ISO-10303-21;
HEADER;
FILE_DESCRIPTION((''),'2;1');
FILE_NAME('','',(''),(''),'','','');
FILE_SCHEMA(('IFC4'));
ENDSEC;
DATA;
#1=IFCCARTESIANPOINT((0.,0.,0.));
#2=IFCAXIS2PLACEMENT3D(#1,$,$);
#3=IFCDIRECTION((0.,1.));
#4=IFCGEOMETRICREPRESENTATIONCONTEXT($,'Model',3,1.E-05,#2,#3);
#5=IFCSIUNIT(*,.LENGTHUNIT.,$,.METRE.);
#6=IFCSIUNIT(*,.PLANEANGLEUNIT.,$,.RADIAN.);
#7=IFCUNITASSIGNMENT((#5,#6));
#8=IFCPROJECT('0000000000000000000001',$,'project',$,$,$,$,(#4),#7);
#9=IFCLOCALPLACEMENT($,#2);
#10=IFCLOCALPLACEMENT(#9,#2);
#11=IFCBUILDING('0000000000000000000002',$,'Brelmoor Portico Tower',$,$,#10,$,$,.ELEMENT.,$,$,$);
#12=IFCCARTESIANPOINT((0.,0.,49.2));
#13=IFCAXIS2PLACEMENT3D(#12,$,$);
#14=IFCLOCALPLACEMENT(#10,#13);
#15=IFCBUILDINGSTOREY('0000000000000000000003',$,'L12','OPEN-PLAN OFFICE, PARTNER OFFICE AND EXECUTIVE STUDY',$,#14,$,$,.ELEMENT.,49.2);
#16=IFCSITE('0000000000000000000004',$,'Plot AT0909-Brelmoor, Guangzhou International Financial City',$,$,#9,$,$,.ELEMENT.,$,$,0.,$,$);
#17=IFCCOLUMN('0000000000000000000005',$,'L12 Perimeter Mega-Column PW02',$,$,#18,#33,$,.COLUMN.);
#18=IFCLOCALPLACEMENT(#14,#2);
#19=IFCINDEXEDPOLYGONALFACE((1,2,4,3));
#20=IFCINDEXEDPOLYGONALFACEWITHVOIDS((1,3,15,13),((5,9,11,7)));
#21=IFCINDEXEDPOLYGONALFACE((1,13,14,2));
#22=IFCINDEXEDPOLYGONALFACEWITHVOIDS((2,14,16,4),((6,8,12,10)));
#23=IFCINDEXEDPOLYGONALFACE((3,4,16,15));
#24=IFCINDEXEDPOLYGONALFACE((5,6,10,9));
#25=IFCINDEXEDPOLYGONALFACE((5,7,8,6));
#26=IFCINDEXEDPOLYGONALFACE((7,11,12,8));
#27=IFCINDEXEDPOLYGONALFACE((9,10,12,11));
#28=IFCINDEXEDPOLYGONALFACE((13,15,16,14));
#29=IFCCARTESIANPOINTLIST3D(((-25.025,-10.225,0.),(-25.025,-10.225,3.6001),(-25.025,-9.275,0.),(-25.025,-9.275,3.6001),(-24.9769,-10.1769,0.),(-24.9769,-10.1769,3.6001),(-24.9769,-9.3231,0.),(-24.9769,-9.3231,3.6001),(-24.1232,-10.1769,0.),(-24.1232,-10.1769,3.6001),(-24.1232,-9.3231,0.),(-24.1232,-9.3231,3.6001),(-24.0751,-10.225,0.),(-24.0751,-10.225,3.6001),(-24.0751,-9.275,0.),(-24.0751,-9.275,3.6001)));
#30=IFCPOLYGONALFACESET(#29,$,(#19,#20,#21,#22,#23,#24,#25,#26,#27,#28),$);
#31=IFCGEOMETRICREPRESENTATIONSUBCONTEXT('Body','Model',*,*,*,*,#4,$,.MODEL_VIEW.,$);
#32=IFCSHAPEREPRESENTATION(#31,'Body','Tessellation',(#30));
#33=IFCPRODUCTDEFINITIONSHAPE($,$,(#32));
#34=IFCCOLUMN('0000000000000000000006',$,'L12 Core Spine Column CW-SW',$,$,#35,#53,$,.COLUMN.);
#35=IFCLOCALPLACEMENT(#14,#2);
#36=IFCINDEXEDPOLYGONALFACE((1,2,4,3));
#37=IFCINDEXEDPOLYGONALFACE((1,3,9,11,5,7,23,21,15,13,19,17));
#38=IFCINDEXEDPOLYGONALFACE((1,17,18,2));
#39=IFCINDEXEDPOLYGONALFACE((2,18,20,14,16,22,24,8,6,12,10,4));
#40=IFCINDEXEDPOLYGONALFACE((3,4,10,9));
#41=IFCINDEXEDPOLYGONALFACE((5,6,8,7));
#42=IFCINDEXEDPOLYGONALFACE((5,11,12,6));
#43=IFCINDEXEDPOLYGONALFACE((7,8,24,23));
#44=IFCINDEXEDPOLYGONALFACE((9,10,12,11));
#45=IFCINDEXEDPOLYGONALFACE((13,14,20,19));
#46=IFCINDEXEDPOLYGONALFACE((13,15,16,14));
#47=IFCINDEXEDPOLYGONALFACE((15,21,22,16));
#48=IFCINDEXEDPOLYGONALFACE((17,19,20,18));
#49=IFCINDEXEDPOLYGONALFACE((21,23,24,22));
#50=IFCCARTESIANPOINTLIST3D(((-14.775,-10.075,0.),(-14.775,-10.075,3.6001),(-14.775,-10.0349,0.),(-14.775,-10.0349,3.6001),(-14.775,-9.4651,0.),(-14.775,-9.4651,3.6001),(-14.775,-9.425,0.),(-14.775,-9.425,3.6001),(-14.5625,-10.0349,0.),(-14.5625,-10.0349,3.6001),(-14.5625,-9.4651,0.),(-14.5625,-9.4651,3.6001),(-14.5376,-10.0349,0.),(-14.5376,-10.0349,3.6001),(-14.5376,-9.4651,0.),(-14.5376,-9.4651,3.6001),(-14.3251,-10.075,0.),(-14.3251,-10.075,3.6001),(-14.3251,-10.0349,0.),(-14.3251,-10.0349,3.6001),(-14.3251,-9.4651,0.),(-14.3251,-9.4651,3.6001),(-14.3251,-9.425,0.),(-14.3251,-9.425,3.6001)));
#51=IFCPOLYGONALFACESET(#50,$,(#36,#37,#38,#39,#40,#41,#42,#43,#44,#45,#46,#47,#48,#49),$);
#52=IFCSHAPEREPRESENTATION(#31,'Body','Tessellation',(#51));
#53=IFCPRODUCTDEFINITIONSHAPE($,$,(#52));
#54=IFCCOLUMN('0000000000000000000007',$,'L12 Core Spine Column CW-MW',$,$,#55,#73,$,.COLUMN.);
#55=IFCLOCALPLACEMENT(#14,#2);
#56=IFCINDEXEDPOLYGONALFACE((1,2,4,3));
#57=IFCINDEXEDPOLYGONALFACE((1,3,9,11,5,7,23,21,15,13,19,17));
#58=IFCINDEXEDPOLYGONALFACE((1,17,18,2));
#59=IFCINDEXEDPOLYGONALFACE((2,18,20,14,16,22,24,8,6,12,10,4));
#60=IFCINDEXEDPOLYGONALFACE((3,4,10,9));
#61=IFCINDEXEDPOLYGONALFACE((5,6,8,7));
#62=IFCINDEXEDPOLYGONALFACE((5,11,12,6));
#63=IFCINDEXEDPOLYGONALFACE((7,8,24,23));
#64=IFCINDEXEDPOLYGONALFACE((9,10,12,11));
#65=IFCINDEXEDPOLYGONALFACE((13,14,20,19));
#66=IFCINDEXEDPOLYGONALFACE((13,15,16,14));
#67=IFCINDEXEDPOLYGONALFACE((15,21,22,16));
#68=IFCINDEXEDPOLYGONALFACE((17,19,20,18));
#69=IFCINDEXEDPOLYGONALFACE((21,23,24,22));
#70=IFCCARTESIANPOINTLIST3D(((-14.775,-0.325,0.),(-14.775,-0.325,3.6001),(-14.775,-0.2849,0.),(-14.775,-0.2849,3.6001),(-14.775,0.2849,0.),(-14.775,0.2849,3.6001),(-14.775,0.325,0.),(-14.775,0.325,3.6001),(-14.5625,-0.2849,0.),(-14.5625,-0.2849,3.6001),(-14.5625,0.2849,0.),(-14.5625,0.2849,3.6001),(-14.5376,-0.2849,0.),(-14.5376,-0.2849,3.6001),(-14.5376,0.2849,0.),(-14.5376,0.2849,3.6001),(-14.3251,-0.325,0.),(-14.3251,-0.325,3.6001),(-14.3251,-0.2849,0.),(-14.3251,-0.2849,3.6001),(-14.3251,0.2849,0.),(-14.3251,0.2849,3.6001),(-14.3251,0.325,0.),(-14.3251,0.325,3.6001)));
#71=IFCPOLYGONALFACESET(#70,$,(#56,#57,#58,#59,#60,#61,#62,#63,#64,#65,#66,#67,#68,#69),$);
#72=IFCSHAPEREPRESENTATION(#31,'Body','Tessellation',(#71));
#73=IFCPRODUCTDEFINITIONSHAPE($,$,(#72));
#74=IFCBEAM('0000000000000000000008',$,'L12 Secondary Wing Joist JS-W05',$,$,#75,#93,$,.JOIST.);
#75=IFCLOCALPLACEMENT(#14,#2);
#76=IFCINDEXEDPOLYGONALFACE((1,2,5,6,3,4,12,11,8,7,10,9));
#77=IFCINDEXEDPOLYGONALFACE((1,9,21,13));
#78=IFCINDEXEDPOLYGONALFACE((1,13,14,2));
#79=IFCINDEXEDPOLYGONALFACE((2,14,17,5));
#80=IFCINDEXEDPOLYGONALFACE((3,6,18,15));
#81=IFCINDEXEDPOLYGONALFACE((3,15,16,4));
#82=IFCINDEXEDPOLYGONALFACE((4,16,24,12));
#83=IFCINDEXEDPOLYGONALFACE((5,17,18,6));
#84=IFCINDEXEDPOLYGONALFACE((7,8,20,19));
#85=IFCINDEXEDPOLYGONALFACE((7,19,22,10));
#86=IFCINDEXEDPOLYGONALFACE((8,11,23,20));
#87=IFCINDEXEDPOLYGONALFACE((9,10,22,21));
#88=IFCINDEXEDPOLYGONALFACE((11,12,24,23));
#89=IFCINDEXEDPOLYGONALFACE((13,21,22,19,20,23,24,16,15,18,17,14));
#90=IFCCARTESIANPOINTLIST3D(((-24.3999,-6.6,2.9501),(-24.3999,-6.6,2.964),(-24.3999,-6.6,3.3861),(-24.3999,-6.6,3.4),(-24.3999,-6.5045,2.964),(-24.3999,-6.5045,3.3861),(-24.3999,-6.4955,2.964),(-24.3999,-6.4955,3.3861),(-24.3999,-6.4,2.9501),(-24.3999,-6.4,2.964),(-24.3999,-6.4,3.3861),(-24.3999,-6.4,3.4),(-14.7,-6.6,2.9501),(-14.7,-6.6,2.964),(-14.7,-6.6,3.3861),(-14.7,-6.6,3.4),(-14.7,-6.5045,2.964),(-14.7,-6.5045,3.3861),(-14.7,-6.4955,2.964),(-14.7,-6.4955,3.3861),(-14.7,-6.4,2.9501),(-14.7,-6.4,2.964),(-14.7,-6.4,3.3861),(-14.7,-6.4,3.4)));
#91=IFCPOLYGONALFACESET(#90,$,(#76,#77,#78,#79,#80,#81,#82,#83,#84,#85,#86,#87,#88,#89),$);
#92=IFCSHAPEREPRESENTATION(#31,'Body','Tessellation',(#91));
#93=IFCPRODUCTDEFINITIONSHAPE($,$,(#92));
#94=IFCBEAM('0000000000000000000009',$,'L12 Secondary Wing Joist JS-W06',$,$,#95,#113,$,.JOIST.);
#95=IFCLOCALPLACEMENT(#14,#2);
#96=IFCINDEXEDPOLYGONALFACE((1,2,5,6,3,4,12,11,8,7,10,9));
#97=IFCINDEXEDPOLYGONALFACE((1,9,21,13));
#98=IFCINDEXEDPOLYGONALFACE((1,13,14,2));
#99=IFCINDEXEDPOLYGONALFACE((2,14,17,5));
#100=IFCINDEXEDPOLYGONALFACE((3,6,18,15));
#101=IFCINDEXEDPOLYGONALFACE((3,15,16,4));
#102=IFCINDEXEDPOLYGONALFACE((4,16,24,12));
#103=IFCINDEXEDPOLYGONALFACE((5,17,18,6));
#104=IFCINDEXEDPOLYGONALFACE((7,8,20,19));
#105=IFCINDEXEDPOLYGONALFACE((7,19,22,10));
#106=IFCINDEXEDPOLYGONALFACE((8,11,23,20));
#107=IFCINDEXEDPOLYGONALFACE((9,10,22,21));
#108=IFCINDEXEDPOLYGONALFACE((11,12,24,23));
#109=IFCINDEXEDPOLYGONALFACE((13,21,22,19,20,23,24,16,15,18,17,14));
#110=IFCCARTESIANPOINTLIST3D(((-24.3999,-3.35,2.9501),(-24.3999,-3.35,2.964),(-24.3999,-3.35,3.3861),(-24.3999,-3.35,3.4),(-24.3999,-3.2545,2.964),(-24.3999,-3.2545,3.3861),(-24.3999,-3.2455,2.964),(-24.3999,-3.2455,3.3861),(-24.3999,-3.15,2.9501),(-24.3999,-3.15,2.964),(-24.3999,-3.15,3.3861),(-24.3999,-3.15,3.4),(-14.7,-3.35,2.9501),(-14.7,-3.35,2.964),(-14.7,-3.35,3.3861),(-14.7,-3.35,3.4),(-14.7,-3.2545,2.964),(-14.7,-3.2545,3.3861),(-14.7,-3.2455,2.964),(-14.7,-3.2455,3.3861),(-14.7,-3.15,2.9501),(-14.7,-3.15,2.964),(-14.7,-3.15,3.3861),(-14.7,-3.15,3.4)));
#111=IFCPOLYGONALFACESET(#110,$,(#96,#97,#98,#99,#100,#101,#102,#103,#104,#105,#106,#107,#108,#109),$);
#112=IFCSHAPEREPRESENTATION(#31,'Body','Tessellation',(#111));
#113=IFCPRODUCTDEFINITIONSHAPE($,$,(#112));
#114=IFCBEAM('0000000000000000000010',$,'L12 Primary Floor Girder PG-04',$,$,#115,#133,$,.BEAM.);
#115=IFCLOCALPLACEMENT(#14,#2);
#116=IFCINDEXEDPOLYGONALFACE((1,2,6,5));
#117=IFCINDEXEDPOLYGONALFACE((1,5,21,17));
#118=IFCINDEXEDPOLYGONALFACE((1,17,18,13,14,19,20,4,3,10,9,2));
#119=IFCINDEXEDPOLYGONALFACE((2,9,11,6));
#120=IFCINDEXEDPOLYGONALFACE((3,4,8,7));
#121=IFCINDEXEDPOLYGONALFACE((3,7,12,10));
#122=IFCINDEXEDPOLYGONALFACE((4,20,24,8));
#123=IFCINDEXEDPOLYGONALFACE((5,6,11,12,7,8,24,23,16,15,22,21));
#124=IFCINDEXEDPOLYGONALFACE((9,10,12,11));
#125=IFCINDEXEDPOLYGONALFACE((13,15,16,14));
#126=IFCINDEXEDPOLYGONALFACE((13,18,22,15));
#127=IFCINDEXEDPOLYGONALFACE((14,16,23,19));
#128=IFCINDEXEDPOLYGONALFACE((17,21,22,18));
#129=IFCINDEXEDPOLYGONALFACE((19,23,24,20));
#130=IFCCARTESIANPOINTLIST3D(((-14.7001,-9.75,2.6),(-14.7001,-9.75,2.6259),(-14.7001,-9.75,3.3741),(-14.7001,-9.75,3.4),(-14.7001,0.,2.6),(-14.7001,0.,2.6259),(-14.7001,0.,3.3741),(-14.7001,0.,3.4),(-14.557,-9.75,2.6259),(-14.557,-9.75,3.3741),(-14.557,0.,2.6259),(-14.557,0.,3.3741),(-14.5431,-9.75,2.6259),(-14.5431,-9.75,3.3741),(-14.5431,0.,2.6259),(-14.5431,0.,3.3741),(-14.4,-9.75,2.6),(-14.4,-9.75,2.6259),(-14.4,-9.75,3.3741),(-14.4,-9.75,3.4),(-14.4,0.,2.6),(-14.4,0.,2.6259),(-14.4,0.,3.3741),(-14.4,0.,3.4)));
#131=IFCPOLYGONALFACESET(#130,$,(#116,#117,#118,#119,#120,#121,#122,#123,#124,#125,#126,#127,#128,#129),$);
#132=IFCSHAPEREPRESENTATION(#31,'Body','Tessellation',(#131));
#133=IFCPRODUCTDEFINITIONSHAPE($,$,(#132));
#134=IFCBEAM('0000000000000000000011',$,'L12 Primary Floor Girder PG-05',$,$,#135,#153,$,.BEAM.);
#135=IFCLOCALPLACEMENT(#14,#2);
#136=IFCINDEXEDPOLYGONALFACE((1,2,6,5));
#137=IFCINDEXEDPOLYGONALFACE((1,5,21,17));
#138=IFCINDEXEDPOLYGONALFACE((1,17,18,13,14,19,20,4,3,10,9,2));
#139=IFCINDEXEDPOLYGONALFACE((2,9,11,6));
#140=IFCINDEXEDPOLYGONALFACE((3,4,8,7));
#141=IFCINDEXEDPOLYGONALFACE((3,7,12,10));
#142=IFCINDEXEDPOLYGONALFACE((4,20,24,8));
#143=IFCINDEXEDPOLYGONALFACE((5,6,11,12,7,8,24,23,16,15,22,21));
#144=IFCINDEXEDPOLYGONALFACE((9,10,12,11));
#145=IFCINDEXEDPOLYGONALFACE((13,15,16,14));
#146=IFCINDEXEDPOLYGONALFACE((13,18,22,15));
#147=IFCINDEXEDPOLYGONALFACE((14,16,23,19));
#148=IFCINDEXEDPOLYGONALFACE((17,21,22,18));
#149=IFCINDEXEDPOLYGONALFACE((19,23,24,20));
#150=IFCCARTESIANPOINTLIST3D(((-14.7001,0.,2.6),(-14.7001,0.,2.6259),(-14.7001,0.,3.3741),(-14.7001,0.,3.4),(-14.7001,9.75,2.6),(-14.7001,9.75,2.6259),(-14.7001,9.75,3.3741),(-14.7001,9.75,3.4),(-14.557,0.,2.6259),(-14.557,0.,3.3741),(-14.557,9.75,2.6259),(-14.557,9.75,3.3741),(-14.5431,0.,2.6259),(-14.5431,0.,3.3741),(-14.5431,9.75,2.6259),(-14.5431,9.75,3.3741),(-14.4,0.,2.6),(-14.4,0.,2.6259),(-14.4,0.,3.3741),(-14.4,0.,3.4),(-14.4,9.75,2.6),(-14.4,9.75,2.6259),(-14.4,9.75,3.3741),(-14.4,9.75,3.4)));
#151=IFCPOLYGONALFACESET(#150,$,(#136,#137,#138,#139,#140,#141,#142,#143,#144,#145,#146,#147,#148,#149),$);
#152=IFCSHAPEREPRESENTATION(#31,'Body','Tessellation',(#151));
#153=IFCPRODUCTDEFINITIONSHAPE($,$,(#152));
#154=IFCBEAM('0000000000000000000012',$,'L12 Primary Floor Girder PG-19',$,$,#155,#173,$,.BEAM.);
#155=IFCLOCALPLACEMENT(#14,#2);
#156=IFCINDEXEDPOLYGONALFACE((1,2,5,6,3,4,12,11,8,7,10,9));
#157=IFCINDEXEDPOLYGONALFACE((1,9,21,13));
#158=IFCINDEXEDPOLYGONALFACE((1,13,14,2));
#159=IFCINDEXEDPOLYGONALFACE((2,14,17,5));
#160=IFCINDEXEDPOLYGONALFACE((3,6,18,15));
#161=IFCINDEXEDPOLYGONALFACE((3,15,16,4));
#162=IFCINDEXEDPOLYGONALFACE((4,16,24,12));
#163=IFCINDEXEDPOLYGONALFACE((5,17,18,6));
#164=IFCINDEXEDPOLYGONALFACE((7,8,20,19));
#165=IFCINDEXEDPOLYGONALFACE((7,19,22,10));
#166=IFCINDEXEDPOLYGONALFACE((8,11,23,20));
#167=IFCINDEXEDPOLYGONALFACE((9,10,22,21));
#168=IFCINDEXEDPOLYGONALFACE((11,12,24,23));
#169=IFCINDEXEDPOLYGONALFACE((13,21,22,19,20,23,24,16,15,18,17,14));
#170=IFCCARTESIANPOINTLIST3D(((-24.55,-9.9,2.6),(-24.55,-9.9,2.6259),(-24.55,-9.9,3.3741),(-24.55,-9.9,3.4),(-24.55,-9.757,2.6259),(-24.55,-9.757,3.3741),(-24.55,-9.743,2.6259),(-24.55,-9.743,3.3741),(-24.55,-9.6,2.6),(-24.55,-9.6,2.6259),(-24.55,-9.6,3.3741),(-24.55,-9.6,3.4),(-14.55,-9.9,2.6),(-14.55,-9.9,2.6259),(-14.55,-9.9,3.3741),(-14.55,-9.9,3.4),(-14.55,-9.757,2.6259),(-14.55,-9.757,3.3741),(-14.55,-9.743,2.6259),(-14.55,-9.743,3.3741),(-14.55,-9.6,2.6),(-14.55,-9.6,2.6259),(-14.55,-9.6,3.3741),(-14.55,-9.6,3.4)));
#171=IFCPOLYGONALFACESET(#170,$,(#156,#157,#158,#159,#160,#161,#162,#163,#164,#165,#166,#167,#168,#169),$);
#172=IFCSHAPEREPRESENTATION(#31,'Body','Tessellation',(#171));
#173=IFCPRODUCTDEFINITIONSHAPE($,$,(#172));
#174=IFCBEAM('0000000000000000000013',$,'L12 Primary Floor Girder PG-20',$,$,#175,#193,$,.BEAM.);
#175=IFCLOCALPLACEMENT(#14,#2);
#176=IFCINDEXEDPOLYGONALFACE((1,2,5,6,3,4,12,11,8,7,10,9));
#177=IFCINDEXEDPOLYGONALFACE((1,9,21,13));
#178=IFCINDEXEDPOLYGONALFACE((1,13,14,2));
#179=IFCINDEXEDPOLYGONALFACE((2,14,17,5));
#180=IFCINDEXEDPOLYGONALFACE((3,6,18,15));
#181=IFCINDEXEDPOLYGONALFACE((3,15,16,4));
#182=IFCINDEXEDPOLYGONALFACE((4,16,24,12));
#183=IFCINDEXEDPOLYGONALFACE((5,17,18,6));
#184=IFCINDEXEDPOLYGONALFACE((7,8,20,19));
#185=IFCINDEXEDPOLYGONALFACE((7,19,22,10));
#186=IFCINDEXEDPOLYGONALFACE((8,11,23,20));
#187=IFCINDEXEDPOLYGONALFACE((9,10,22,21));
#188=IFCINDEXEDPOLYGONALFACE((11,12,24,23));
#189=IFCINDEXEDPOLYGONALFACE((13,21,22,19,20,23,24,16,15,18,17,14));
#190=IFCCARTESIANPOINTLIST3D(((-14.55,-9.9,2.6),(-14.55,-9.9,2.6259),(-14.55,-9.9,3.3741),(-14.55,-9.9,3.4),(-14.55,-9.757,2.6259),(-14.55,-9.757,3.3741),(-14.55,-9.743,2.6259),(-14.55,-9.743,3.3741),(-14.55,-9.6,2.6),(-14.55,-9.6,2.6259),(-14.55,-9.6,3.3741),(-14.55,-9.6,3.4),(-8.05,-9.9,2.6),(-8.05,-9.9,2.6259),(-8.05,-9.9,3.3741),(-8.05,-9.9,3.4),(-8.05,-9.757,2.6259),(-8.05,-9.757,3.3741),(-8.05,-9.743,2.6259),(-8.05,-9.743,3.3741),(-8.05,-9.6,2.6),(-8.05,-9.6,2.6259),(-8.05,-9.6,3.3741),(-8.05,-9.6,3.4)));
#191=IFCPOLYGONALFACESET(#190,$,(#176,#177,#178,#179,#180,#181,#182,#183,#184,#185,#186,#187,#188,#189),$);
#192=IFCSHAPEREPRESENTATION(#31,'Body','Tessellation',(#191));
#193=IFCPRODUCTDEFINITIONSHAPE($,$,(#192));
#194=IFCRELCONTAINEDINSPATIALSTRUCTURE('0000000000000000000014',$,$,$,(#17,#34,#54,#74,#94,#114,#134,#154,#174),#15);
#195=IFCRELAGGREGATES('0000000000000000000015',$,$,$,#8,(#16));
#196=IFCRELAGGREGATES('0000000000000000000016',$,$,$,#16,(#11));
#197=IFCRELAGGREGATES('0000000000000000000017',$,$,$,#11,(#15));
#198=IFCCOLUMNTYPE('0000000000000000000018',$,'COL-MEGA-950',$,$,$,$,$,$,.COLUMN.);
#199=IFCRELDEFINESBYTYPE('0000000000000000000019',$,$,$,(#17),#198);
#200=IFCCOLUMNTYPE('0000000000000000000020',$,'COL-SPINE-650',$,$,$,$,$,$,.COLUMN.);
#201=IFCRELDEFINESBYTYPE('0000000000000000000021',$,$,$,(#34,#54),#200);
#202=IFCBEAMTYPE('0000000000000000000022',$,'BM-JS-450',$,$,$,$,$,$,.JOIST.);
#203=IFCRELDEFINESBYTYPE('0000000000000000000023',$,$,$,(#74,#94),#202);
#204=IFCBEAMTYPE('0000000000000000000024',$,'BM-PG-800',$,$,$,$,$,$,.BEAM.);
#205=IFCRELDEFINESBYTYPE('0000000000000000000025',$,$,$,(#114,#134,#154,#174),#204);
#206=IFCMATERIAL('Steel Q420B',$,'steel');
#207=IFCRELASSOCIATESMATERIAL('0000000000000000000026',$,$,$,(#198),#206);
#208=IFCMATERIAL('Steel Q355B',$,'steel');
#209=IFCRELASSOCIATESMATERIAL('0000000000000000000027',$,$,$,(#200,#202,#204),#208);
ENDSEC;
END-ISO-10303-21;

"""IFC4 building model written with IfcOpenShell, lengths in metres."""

from ifc_helpers import new_model, si_unit, direction, frame, origin, origin_2d, place, context, subcontext, project, spatial, hollow_rectangle, i_section, extrude, material, material_profile, profile_set, type_object, element, save


model = new_model("IFC4")

# Units and contexts
model_context = context("Model", 3, precision=1e-05, world=origin(), true_north=direction((0.0, 1.0)))
body_context = subcontext(model_context, "Body", "Model", "MODEL_VIEW")
ifc_project = project(units=[si_unit("LENGTHUNIT", "METRE"), si_unit("PLANEANGLEUNIT", "RADIAN")], contexts=[model_context])

# Site, building, storey
site_placement = place(None, origin())
site = spatial("IfcSite", under=ifc_project, at=site_placement, Name="Plot AT0909-Brelmoor, Guangzhou International Financial City", CompositionType="ELEMENT", RefElevation=0.0)
building_placement = place(site_placement, origin())
building = spatial("IfcBuilding", under=site, at=building_placement, Name="Brelmoor Portico Tower", CompositionType="ELEMENT")
storey_placement = place(building_placement, frame((0.0, 0.0, 49.2)))
storey = spatial("IfcBuildingStorey", under=building, at=storey_placement, Name="L12", Description="OPEN-PLAN OFFICE, PARTNER OFFICE AND EXECUTIVE STUDY", CompositionType="ELEMENT", Elevation=49.2)

# Columns
ifc_material_1 = material(Name="Steel Q420B", Category="steel")
ifc_material_profile_1 = material_profile(ifc_material_1, hollow_rectangle(XDim=0.95, YDim=0.95, WallThickness=0.0481, at=origin_2d()), Name="BOX 950x950x48")
ifc_profile_set_1 = profile_set([ifc_material_profile_1], Name="Steel Q420B")
column_type_1 = type_object("IfcColumnType", Name="COL-MEGA-950", PredefinedType="COLUMN", material=ifc_profile_set_1)
column_placement = place(storey_placement, frame((-24.55, -9.75, 0.0), z_axis=(0.0, 0.0, 1.0), x_axis=(0.0, 1.0, 0.0)))
element("IfcColumn", 1, at=column_placement, inside=storey, type_object=column_type_1, Name="L12 Perimeter Mega-Column PW02", PredefinedType="COLUMN", context=body_context, shape_type="SweptSolid", body=[
    extrude(hollow_rectangle(XDim=0.95, YDim=0.95, WallThickness=0.0481, at=origin_2d()), origin(), (0.0, 0.0, 1.0), 3.6001),
])
ifc_material_2 = material(Name="Steel Q355B", Category="steel")
ifc_material_profile_2 = material_profile(ifc_material_2, i_section(OverallWidth=0.45, OverallDepth=0.6499, WebThickness=0.0249, FlangeThickness=0.04, at=origin_2d()), Name="HW 650x450x25x40")
ifc_profile_set_2 = profile_set([ifc_material_profile_2], Name="Steel Q355B")
column_type_2 = type_object("IfcColumnType", Name="COL-SPINE-650", PredefinedType="COLUMN", material=ifc_profile_set_2)
for number, where, z_axis, x_axis, name in (
    (2, (-14.55, -9.75, 0.0), (0.0, 0.0, 1.0), (1.0, 0.0, 0.0), "L12 Core Spine Column CW-SW"),
    (3, (-14.55, 0.0, 0.0), (0.0, 0.0, 1.0), (1.0, 0.0, 0.0), "L12 Core Spine Column CW-MW"),
):
    element("IfcColumn", number, at=place(storey_placement, frame(where, z_axis=z_axis, x_axis=x_axis)), inside=storey, type_object=column_type_2, Name=name, PredefinedType="COLUMN", context=body_context, shape_type="SweptSolid", body=[
        extrude(i_section(OverallWidth=0.45, OverallDepth=0.6499, WebThickness=0.0249, FlangeThickness=0.04, at=origin_2d()), origin(), (0.0, 0.0, 1.0), 3.6001),
    ])

# Beams
ifc_material_profile_3 = material_profile(ifc_material_2, i_section(OverallWidth=0.2, OverallDepth=0.45, WebThickness=0.009, FlangeThickness=0.0139, at=origin_2d()), Name="HN 450x200x9x14")
ifc_profile_set_3 = profile_set([ifc_material_profile_3], Name="Steel Q355B")
beam_type_1 = type_object("IfcBeamType", Name="BM-JS-450", PredefinedType="JOIST", material=ifc_profile_set_3)
for number, where, z_axis, x_axis, name in (
    (4, (-24.3999, -6.5, 3.175), (1.0, 0.0, 0.0), (0.0, 1.0, 0.0), "L12 Secondary Wing Joist JS-W05"),
    (5, (-24.3999, -3.25, 3.175), (1.0, 0.0, 0.0), (0.0, 1.0, 0.0), "L12 Secondary Wing Joist JS-W06"),
):
    element("IfcBeam", number, at=place(storey_placement, frame(where, z_axis=z_axis, x_axis=x_axis)), inside=storey, type_object=beam_type_1, Name=name, PredefinedType="JOIST", context=body_context, shape_type="SweptSolid", body=[
        extrude(i_section(OverallWidth=0.2, OverallDepth=0.45, WebThickness=0.009, FlangeThickness=0.0139, at=origin_2d()), origin(), (0.0, 0.0, 1.0), 9.7),
    ])
ifc_material_profile_4 = material_profile(ifc_material_2, i_section(OverallWidth=0.3, OverallDepth=0.8, WebThickness=0.0139, FlangeThickness=0.0259, at=origin_2d()), Name="HN 800x300x14x26")
ifc_profile_set_4 = profile_set([ifc_material_profile_4], Name="Steel Q355B")
beam_type_2 = type_object("IfcBeamType", Name="BM-PG-800", PredefinedType="BEAM", material=ifc_profile_set_4)
for number, where, z_axis, x_axis, name in (
    (6, (-14.55, -9.75, 3.0), (0.0, 1.0, 0.0), (-1.0, 0.0, 0.0), "L12 Primary Floor Girder PG-04"),
    (7, (-14.55, 0.0, 3.0), (0.0, 1.0, 0.0), (-1.0, 0.0, 0.0), "L12 Primary Floor Girder PG-05"),
):
    element("IfcBeam", number, at=place(storey_placement, frame(where, z_axis=z_axis, x_axis=x_axis)), inside=storey, type_object=beam_type_2, Name=name, PredefinedType="BEAM", context=body_context, shape_type="SweptSolid", body=[
        extrude(i_section(OverallWidth=0.3, OverallDepth=0.8, WebThickness=0.0139, FlangeThickness=0.0259, at=origin_2d()), origin(), (0.0, 0.0, 1.0), 9.75),
    ])
beam_1_placement = place(storey_placement, frame((-24.55, -9.75, 3.0), z_axis=(1.0, 0.0, 0.0), x_axis=(0.0, 1.0, 0.0)))
element("IfcBeam", 8, at=beam_1_placement, inside=storey, type_object=beam_type_2, Name="L12 Primary Floor Girder PG-19", PredefinedType="BEAM", context=body_context, shape_type="SweptSolid", body=[
    extrude(i_section(OverallWidth=0.3, OverallDepth=0.8, WebThickness=0.0139, FlangeThickness=0.0259, at=origin_2d()), origin(), (0.0, 0.0, 1.0), 10.0),
])
for number, where, z_axis, x_axis, name in (
    (9, (-14.55, -9.75, 3.0), (1.0, 0.0, 0.0), (0.0, 1.0, 0.0), "L12 Primary Floor Girder PG-20"),
):
    element("IfcBeam", number, at=place(storey_placement, frame(where, z_axis=z_axis, x_axis=x_axis)), inside=storey, type_object=beam_type_2, Name=name, PredefinedType="BEAM", context=body_context, shape_type="SweptSolid", body=[
        extrude(i_section(OverallWidth=0.3, OverallDepth=0.8, WebThickness=0.0139, FlangeThickness=0.0259, at=origin_2d()), origin(), (0.0, 0.0, 1.0), 6.5),
    ])

save(model, "model.ifc")
